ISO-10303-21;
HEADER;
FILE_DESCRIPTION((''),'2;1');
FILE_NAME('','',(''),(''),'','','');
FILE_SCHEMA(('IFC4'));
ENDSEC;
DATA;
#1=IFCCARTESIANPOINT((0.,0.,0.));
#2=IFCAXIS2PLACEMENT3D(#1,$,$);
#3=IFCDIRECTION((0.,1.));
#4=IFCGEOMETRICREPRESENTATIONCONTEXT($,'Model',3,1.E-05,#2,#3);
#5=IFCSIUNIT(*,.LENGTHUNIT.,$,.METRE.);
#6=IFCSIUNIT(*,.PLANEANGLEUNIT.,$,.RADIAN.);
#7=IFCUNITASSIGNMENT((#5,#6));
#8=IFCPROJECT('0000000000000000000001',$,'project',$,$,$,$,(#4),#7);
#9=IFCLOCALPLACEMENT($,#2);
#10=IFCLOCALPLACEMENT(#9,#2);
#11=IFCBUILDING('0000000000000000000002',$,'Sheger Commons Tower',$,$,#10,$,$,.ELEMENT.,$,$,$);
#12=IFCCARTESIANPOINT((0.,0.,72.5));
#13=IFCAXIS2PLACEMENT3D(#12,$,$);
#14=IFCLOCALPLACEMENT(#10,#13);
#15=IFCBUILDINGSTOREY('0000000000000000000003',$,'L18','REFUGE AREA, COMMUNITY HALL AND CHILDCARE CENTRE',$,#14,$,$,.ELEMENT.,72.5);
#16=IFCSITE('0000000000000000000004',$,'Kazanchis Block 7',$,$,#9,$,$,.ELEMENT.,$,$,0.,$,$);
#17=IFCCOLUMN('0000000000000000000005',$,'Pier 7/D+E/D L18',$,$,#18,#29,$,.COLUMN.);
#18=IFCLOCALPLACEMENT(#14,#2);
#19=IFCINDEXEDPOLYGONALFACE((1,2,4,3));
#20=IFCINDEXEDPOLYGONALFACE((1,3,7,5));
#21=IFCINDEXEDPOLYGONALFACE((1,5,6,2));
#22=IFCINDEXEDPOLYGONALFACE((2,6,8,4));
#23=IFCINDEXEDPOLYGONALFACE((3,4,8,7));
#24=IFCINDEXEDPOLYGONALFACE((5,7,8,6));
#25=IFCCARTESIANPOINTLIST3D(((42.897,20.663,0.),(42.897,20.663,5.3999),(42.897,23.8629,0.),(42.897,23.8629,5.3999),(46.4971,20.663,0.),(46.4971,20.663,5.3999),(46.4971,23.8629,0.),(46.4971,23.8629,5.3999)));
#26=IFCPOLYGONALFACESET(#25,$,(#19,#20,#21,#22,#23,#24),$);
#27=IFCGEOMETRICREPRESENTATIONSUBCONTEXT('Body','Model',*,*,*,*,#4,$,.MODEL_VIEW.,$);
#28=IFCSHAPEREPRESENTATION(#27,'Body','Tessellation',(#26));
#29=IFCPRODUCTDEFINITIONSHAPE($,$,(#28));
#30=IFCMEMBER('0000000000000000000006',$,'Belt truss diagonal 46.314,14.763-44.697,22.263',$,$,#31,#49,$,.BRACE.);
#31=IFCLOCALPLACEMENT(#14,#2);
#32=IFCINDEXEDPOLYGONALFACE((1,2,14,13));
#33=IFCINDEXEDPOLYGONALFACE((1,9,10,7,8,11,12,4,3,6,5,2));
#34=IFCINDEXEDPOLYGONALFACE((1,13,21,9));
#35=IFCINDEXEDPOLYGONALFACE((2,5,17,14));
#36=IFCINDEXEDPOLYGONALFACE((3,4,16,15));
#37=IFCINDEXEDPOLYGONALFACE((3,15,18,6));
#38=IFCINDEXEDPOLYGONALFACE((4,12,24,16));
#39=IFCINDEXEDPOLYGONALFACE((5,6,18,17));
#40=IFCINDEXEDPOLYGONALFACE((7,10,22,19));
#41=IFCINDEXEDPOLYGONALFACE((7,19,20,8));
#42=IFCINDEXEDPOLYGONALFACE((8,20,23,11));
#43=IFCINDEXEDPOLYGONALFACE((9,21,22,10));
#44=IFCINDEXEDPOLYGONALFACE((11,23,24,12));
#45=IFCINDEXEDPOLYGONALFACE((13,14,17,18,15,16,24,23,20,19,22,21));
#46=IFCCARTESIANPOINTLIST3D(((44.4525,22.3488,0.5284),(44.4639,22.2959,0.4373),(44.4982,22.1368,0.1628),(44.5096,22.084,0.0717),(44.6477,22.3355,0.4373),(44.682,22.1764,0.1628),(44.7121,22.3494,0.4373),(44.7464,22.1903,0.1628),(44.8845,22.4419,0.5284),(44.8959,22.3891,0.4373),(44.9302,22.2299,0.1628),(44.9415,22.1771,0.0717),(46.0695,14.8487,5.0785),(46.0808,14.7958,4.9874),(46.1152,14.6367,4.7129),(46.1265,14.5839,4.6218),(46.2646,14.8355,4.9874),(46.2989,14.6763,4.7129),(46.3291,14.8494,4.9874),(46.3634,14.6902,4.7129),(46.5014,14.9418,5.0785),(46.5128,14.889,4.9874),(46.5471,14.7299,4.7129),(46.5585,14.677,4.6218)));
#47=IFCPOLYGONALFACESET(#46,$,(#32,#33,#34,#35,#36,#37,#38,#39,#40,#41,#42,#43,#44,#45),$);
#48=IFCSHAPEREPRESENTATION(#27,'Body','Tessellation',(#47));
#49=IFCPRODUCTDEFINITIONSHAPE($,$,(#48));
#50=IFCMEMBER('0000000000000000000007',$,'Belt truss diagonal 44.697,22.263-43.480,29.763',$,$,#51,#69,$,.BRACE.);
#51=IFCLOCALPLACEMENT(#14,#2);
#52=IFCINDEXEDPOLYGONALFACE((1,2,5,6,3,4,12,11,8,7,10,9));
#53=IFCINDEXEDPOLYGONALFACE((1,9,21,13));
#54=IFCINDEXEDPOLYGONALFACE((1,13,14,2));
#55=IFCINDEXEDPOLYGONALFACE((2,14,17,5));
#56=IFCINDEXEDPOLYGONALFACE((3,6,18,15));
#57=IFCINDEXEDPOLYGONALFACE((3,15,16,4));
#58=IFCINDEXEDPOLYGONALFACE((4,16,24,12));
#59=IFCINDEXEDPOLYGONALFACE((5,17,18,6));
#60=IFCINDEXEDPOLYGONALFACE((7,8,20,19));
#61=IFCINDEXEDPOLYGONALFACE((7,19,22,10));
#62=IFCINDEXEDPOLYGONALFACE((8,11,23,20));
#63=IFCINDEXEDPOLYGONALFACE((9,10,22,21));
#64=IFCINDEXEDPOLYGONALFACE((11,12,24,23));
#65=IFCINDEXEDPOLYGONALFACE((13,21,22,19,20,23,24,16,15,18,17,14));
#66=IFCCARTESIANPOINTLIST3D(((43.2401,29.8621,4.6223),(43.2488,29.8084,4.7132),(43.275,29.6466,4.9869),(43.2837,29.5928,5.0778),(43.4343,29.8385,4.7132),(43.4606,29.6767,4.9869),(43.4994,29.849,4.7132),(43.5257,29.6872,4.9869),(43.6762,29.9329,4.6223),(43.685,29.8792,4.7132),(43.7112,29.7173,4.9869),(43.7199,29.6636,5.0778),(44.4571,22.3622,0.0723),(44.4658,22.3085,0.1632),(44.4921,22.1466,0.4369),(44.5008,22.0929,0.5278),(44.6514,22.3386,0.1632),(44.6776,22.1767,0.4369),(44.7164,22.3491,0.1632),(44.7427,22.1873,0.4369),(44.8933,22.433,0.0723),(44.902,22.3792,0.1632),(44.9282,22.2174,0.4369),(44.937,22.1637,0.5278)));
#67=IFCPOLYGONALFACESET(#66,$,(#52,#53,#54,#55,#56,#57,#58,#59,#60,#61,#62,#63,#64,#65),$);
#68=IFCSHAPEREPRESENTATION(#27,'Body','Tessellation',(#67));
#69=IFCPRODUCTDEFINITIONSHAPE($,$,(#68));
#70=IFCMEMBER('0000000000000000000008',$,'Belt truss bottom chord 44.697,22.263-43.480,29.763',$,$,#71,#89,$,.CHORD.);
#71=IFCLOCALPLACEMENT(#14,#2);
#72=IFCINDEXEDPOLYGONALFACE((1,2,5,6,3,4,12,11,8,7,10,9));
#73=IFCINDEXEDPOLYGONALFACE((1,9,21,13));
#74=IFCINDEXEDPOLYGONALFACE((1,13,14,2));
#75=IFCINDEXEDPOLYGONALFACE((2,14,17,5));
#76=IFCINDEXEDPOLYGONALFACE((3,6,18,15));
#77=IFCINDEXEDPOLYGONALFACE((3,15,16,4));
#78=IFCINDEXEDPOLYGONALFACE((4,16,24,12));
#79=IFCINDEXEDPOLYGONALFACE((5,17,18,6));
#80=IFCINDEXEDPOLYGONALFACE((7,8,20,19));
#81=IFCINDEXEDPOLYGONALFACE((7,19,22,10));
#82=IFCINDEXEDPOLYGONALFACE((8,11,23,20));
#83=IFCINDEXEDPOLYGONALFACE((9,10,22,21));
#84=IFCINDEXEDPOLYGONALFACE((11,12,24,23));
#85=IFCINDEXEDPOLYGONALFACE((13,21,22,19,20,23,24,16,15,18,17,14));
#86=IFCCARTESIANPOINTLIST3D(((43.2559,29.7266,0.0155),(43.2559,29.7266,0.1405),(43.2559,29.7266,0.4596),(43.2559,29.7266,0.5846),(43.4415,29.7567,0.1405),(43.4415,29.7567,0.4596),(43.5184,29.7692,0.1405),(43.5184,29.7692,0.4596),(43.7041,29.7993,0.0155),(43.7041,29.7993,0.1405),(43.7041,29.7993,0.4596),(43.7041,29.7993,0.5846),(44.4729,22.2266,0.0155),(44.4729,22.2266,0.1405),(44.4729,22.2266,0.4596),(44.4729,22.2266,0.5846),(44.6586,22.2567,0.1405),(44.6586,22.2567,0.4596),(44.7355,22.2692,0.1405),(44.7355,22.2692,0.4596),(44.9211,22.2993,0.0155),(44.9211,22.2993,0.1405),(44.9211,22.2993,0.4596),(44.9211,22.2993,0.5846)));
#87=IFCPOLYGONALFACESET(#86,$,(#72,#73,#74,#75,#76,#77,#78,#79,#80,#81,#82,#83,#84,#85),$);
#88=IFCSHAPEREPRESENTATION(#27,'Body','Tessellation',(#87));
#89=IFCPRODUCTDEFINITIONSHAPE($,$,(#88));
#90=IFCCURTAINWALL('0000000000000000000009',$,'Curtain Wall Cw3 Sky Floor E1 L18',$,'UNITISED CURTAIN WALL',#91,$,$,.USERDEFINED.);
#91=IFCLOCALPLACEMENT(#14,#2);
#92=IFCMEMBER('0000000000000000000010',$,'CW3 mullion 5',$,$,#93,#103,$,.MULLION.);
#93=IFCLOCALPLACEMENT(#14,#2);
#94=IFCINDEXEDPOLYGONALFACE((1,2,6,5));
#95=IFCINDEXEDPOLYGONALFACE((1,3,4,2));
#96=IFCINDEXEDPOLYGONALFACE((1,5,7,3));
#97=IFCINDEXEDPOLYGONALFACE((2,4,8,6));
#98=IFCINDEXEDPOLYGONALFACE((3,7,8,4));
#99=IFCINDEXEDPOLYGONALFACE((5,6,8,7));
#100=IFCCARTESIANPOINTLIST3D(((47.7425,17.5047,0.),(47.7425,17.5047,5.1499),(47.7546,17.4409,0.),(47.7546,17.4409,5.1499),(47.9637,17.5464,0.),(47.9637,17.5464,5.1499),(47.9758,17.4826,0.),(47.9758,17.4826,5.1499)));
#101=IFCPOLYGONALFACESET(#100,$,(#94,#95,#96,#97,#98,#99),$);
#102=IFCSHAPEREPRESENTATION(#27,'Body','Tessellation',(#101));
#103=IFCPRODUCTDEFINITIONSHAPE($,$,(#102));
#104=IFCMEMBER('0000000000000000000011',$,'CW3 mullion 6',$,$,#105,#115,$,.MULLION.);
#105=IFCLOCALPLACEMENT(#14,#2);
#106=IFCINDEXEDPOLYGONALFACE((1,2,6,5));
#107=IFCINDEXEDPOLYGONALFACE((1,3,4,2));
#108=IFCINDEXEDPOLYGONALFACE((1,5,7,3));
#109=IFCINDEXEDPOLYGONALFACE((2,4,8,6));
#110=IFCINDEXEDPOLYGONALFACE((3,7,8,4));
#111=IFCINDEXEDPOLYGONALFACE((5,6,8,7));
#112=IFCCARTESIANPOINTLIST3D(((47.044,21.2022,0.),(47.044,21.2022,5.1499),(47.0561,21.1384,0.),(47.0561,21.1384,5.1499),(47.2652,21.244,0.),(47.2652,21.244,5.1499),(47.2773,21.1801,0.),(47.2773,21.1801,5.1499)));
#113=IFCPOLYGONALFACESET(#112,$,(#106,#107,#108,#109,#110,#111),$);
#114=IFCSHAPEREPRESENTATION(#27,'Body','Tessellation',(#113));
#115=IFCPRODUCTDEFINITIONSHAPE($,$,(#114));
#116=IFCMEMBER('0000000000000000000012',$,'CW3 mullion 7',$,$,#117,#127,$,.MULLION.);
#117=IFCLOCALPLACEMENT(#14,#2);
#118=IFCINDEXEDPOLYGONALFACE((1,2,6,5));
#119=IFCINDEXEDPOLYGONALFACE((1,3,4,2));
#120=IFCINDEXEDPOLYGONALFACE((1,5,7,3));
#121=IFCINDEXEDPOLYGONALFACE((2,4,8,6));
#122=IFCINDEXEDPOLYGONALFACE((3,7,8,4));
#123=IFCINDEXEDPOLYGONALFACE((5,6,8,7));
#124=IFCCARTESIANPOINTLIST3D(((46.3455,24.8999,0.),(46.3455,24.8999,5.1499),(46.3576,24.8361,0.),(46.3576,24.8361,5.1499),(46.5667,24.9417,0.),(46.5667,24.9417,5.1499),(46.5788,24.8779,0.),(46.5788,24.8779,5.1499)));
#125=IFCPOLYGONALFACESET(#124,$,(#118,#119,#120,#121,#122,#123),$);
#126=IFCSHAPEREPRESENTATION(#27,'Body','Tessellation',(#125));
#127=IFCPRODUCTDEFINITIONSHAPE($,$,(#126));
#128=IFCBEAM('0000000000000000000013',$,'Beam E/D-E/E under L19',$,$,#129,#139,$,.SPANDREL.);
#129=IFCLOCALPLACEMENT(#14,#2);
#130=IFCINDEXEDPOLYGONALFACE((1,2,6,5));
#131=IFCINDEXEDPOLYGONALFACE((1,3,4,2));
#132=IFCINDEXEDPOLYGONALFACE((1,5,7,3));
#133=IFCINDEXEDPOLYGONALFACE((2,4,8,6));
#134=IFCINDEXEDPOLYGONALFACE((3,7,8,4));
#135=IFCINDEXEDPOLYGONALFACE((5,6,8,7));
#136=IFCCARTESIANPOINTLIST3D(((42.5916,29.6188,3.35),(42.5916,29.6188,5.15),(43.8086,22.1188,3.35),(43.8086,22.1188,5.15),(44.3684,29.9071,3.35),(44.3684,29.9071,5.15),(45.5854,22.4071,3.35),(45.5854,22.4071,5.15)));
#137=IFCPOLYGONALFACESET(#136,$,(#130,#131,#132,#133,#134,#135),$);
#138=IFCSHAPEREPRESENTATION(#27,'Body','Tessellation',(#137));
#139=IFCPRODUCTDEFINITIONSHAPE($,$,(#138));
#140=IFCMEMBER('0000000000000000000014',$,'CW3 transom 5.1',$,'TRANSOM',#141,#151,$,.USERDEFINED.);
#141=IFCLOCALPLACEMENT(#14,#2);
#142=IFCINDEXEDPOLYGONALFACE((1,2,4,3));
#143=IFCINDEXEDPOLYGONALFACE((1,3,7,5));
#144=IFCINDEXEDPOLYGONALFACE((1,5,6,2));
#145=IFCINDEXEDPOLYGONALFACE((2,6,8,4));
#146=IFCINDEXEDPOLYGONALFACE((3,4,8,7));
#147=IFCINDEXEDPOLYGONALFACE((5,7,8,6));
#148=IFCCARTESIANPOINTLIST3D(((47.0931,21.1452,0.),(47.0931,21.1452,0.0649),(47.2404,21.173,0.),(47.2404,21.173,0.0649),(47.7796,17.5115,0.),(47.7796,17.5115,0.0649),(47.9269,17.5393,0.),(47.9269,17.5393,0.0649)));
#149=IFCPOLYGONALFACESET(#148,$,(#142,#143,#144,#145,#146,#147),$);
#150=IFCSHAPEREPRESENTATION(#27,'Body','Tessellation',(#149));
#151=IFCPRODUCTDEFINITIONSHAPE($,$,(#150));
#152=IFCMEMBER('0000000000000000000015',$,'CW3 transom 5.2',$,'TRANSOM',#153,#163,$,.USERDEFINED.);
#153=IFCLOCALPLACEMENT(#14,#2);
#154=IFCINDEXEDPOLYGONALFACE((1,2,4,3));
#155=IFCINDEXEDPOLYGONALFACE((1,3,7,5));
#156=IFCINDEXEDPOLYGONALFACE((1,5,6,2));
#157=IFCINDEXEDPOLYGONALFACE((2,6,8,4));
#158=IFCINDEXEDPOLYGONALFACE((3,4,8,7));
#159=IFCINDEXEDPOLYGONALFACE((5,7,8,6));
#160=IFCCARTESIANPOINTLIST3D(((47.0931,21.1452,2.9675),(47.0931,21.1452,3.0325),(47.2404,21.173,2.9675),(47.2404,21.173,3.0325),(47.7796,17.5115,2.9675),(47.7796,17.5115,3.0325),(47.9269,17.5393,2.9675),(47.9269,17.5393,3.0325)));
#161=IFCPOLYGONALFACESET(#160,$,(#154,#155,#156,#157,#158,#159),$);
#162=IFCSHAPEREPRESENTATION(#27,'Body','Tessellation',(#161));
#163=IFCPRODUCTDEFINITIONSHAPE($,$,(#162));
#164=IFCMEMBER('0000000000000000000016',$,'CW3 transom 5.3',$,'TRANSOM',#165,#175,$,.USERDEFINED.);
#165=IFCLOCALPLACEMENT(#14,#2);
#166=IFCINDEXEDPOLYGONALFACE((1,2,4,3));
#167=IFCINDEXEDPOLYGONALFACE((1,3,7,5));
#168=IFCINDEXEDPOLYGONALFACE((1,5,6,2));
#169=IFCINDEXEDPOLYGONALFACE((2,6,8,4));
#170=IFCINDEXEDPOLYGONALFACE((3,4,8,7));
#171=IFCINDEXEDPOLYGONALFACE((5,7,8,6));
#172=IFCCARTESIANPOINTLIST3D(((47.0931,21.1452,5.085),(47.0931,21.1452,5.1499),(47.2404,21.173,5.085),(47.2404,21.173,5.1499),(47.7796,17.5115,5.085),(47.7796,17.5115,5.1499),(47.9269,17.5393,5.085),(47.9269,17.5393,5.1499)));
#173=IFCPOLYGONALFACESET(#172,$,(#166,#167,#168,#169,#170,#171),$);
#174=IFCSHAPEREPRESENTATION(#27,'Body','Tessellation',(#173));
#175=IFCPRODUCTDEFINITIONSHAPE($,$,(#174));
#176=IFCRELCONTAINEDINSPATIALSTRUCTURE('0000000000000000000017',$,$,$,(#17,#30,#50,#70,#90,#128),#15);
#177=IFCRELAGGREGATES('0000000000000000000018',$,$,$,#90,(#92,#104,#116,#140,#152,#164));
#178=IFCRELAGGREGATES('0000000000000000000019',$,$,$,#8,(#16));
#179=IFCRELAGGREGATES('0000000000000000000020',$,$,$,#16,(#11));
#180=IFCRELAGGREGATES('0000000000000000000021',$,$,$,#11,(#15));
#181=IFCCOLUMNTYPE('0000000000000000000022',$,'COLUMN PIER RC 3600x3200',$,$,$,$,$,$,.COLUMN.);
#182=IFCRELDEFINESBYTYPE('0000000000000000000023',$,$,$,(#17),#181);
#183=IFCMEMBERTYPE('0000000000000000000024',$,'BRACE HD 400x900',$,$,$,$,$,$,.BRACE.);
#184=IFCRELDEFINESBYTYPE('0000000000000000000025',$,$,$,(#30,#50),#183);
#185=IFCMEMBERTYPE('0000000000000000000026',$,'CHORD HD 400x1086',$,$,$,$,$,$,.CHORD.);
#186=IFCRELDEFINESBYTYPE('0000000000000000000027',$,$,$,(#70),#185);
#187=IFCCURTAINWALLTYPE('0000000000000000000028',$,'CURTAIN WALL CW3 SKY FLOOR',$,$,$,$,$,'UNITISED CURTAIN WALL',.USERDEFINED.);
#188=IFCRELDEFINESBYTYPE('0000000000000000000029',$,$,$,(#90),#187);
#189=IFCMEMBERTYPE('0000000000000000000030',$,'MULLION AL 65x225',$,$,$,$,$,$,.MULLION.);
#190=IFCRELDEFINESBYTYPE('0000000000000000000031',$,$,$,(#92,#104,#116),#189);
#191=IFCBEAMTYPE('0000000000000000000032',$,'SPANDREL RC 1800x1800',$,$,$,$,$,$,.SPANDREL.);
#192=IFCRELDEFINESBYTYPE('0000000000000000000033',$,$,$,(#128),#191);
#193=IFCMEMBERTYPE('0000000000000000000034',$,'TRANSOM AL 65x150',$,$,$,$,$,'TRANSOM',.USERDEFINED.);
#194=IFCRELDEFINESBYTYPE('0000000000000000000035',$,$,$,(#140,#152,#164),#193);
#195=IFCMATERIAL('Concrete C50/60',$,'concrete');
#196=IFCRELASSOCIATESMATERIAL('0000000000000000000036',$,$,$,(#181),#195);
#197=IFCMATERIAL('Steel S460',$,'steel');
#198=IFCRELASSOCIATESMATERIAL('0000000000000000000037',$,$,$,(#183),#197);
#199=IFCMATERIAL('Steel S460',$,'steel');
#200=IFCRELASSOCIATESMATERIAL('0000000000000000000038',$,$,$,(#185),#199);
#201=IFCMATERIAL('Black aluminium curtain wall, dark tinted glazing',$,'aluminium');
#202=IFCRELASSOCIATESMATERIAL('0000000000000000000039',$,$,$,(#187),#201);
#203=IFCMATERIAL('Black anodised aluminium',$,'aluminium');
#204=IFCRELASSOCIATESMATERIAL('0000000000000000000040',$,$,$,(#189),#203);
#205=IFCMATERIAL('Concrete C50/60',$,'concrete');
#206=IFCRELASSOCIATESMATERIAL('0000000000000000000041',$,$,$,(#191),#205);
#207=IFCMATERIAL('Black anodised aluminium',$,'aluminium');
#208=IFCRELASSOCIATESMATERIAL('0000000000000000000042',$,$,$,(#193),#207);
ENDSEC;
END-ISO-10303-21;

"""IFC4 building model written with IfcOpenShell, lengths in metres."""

from ifc_helpers import new_model, si_unit, direction, frame, origin, origin_2d, place, context, subcontext, project, spatial, rectangle, i_section, extrude, material, material_profile, profile_set, type_object, element, aggregate, save


model = new_model("IFC4")

# Units and contexts
model_context = context("Model", 3, precision=1e-05, world=origin(), true_north=direction((0.0, 1.0)))
body_context = subcontext(model_context, "Body", "Model", "MODEL_VIEW")
ifc_project = project(units=[si_unit("LENGTHUNIT", "METRE"), si_unit("PLANEANGLEUNIT", "RADIAN")], contexts=[model_context])

# Site, building, storey
site_placement = place(None, origin())
site = spatial("IfcSite", under=ifc_project, at=site_placement, Name="Kazanchis Block 7", CompositionType="ELEMENT", RefElevation=0.0)
building_placement = place(site_placement, origin())
building = spatial("IfcBuilding", under=site, at=building_placement, Name="Sheger Commons Tower", CompositionType="ELEMENT")
storey_placement = place(building_placement, frame((0.0, 0.0, 72.5)))
storey = spatial("IfcBuildingStorey", under=building, at=storey_placement, Name="L18", Description="REFUGE AREA, COMMUNITY HALL AND CHILDCARE CENTRE", CompositionType="ELEMENT", Elevation=72.5)

# Column
ifc_material_1 = material(Name="Concrete C50/60", Category="concrete")
ifc_material_profile_1 = material_profile(ifc_material_1, rectangle(XDim=3.6001, YDim=3.2, at=origin_2d()), Name="RC 3600x3200")
ifc_profile_set_1 = profile_set([ifc_material_profile_1], Name="Concrete C50/60")
column_type = type_object("IfcColumnType", Name="COLUMN PIER RC 3600x3200", PredefinedType="COLUMN", material=ifc_profile_set_1)
column_placement = place(storey_placement, frame((44.697, 22.2629, 0.0), z_axis=(0.0, 0.0, 1.0), x_axis=(1.0, 0.0, 0.0)))
element("IfcColumn", 1, at=column_placement, inside=storey, type_object=column_type, Name="Pier 7/D+E/D L18", PredefinedType="COLUMN", context=body_context, shape_type="SweptSolid", body=[
    extrude(rectangle(XDim=3.6001, YDim=3.2, at=origin_2d()), origin(), (0.0, 0.0, 1.0), 5.3999),
])

# Members
ifc_material_2 = material(Name="Steel S460", Category="steel")
ifc_material_profile_2 = material_profile(ifc_material_2, i_section(OverallWidth=0.4419, OverallDepth=0.531, WebThickness=0.0659, FlangeThickness=0.106, at=origin_2d()), Name="HD 400x900")
ifc_profile_set_2 = profile_set([ifc_material_profile_2], Name="Steel S460")
member_type_1 = type_object("IfcMemberType", Name="BRACE HD 400x900", PredefinedType="BRACE", material=ifc_profile_set_2)
member_1_placement = place(storey_placement, frame((44.697, 22.2629, 0.3), z_axis=(0.18127, -0.840802, 0.510092), x_axis=(0.97754, 0.21075, 0.0)))
element("IfcMember", 2, at=member_1_placement, inside=storey, type_object=member_type_1, Name="Belt truss diagonal 46.314,14.763-44.697,22.263", PredefinedType="BRACE", context=body_context, shape_type="SweptSolid", body=[
    extrude(i_section(OverallWidth=0.4419, OverallDepth=0.531, WebThickness=0.0659, FlangeThickness=0.106, at=origin_2d()), origin(), (0.0, 0.0, 1.0), 8.9202),
])
member_2_placement = place(storey_placement, frame((44.697, 22.2629, 0.3), z_axis=(-0.137421, 0.846854, 0.513764), x_axis=(-0.987088, -0.160177, 0.0)))
element("IfcMember", 3, at=member_2_placement, inside=storey, type_object=member_type_1, Name="Belt truss diagonal 44.697,22.263-43.480,29.763", PredefinedType="BRACE", context=body_context, shape_type="SweptSolid", body=[
    extrude(i_section(OverallWidth=0.4419, OverallDepth=0.531, WebThickness=0.0659, FlangeThickness=0.106, at=origin_2d()), origin(), (0.0, 0.0, 1.0), 8.8562),
])
ifc_material_3 = material(Name="Steel S460", Category="steel")
ifc_material_profile_3 = material_profile(ifc_material_3, i_section(OverallWidth=0.4541, OverallDepth=0.5691, WebThickness=0.0779, FlangeThickness=0.125, at=origin_2d()), Name="HD 400x1086")
ifc_profile_set_3 = profile_set([ifc_material_profile_3], Name="Steel S460")
member_type_2 = type_object("IfcMemberType", Name="CHORD HD 400x1086", PredefinedType="CHORD", material=ifc_profile_set_3)
member_3_placement = place(storey_placement, frame((44.697, 22.2629, 0.3), z_axis=(-0.160177, 0.987088, 0.0), x_axis=(-0.987088, -0.160177, 0.0)))
element("IfcMember", 4, at=member_3_placement, inside=storey, type_object=member_type_2, Name="Belt truss bottom chord 44.697,22.263-43.480,29.763", PredefinedType="CHORD", context=body_context, shape_type="SweptSolid", body=[
    extrude(i_section(OverallWidth=0.4541, OverallDepth=0.5691, WebThickness=0.0779, FlangeThickness=0.125, at=origin_2d()), origin(), (0.0, 0.0, 1.0), 7.5981),
])

# Curtain wall, members
ifc_material_4 = material(Name="Black aluminium curtain wall, dark tinted glazing", Category="aluminium")
curtain_wall_type = type_object("IfcCurtainWallType", Name="CURTAIN WALL CW3 SKY FLOOR", ElementType="UNITISED CURTAIN WALL", PredefinedType="USERDEFINED", material=ifc_material_4)
curtain_wall_placement = place(storey_placement, origin())
curtain_wall = element("IfcCurtainWall", 5, at=curtain_wall_placement, inside=storey, type_object=curtain_wall_type, Name="Curtain Wall Cw3 Sky Floor E1 L18", ObjectType="UNITISED CURTAIN WALL", PredefinedType="USERDEFINED")
ifc_material_5 = material(Name="Black anodised aluminium", Category="aluminium")
ifc_material_profile_4 = material_profile(ifc_material_5, rectangle(XDim=0.2251, YDim=0.0649, at=origin_2d()), Name="AL 65x225")
ifc_profile_set_4 = profile_set([ifc_material_profile_4], Name="Black anodised aluminium")
member_type_3 = type_object("IfcMemberType", Name="MULLION AL 65x225", PredefinedType="MULLION", material=ifc_profile_set_4)
member_4_placement = place(storey_placement, frame((47.8591, 17.4937, 0.0), z_axis=(0.0, 0.0, 1.0), x_axis=(-0.982624, -0.18561, 0.0)))
member_4 = element("IfcMember", 6, at=member_4_placement, type_object=member_type_3, Name="CW3 mullion 5", PredefinedType="MULLION", context=body_context, shape_type="SweptSolid", body=[
    extrude(rectangle(XDim=0.2251, YDim=0.0649, at=origin_2d()), origin(), (0.0, 0.0, 1.0), 5.1499),
])
member_5_placement = place(storey_placement, frame((47.1606, 21.1912, 0.0), z_axis=(0.0, 0.0, 1.0), x_axis=(-0.982624, -0.18561, 0.0)))
member_5 = element("IfcMember", 7, at=member_5_placement, type_object=member_type_3, Name="CW3 mullion 6", PredefinedType="MULLION", context=body_context, shape_type="SweptSolid", body=[
    extrude(rectangle(XDim=0.2251, YDim=0.0649, at=origin_2d()), origin(), (0.0, 0.0, 1.0), 5.1499),
])
member_6_placement = place(storey_placement, frame((46.4622, 24.8889, 0.0), z_axis=(0.0, 0.0, 1.0), x_axis=(-0.982624, -0.18561, 0.0)))
member_6 = element("IfcMember", 8, at=member_6_placement, type_object=member_type_3, Name="CW3 mullion 7", PredefinedType="MULLION", context=body_context, shape_type="SweptSolid", body=[
    extrude(rectangle(XDim=0.2251, YDim=0.0649, at=origin_2d()), origin(), (0.0, 0.0, 1.0), 5.1499),
])

# Beam
ifc_material_6 = material(Name="Concrete C50/60", Category="concrete")
ifc_material_profile_5 = material_profile(ifc_material_6, rectangle(XDim=1.8, YDim=1.8, at=origin_2d()), Name="RC 1800x1800")
ifc_profile_set_5 = profile_set([ifc_material_profile_5], Name="Concrete C50/60")
beam_type = type_object("IfcBeamType", Name="SPANDREL RC 1800x1800", PredefinedType="SPANDREL", material=ifc_profile_set_5)
beam_placement = place(storey_placement, frame((44.697, 22.2629, 4.25), z_axis=(-0.160177, 0.987088, 0.0), x_axis=(-0.987088, -0.160177, 0.0)))
element("IfcBeam", 9, at=beam_placement, inside=storey, type_object=beam_type, Name="Beam E/D-E/E under L19", PredefinedType="SPANDREL", context=body_context, shape_type="SweptSolid", body=[
    extrude(rectangle(XDim=1.8, YDim=1.8, at=origin_2d()), origin(), (0.0, 0.0, 1.0), 7.5981),
])

# Members
ifc_material_7 = material(Name="Black anodised aluminium", Category="aluminium")
ifc_material_profile_6 = material_profile(ifc_material_7, rectangle(XDim=0.1499, YDim=0.0649, at=origin_2d()), Name="AL 65x150")
ifc_profile_set_6 = profile_set([ifc_material_profile_6], Name="Black anodised aluminium")
member_type_4 = type_object("IfcMemberType", Name="TRANSOM AL 65x150", ElementType="TRANSOM", PredefinedType="USERDEFINED", material=ifc_profile_set_6)
member_7_placement = place(storey_placement, frame((47.8533, 17.5254, 0.0325), z_axis=(-0.185644, 0.982617, 0.0), x_axis=(-0.982617, -0.185644, 0.0)))
member_7 = element("IfcMember", 10, at=member_7_placement, type_object=member_type_4, Name="CW3 transom 5.1", ObjectType="TRANSOM", PredefinedType="USERDEFINED", context=body_context, shape_type="SweptSolid", body=[
    extrude(rectangle(XDim=0.1499, YDim=0.0649, at=origin_2d()), origin(), (0.0, 0.0, 1.0), 3.698),
])
member_8_placement = place(storey_placement, frame((47.8533, 17.5254, 3.0), z_axis=(-0.185644, 0.982617, 0.0), x_axis=(-0.982617, -0.185644, 0.0)))
member_8 = element("IfcMember", 11, at=member_8_placement, type_object=member_type_4, Name="CW3 transom 5.2", ObjectType="TRANSOM", PredefinedType="USERDEFINED", context=body_context, shape_type="SweptSolid", body=[
    extrude(rectangle(XDim=0.1499, YDim=0.0649, at=origin_2d()), origin(), (0.0, 0.0, 1.0), 3.698),
])
member_9_placement = place(storey_placement, frame((47.8533, 17.5254, 5.1174), z_axis=(-0.185644, 0.982617, 0.0), x_axis=(-0.982617, -0.185644, 0.0)))
member_9 = element("IfcMember", 12, at=member_9_placement, type_object=member_type_4, Name="CW3 transom 5.3", ObjectType="TRANSOM", PredefinedType="USERDEFINED", context=body_context, shape_type="SweptSolid", body=[
    extrude(rectangle(XDim=0.1499, YDim=0.0649, at=origin_2d()), origin(), (0.0, 0.0, 1.0), 3.698),
])

aggregate(curtain_wall, [member_4, member_5, member_6, member_7, member_8, member_9])

save(model, "model.ifc")
